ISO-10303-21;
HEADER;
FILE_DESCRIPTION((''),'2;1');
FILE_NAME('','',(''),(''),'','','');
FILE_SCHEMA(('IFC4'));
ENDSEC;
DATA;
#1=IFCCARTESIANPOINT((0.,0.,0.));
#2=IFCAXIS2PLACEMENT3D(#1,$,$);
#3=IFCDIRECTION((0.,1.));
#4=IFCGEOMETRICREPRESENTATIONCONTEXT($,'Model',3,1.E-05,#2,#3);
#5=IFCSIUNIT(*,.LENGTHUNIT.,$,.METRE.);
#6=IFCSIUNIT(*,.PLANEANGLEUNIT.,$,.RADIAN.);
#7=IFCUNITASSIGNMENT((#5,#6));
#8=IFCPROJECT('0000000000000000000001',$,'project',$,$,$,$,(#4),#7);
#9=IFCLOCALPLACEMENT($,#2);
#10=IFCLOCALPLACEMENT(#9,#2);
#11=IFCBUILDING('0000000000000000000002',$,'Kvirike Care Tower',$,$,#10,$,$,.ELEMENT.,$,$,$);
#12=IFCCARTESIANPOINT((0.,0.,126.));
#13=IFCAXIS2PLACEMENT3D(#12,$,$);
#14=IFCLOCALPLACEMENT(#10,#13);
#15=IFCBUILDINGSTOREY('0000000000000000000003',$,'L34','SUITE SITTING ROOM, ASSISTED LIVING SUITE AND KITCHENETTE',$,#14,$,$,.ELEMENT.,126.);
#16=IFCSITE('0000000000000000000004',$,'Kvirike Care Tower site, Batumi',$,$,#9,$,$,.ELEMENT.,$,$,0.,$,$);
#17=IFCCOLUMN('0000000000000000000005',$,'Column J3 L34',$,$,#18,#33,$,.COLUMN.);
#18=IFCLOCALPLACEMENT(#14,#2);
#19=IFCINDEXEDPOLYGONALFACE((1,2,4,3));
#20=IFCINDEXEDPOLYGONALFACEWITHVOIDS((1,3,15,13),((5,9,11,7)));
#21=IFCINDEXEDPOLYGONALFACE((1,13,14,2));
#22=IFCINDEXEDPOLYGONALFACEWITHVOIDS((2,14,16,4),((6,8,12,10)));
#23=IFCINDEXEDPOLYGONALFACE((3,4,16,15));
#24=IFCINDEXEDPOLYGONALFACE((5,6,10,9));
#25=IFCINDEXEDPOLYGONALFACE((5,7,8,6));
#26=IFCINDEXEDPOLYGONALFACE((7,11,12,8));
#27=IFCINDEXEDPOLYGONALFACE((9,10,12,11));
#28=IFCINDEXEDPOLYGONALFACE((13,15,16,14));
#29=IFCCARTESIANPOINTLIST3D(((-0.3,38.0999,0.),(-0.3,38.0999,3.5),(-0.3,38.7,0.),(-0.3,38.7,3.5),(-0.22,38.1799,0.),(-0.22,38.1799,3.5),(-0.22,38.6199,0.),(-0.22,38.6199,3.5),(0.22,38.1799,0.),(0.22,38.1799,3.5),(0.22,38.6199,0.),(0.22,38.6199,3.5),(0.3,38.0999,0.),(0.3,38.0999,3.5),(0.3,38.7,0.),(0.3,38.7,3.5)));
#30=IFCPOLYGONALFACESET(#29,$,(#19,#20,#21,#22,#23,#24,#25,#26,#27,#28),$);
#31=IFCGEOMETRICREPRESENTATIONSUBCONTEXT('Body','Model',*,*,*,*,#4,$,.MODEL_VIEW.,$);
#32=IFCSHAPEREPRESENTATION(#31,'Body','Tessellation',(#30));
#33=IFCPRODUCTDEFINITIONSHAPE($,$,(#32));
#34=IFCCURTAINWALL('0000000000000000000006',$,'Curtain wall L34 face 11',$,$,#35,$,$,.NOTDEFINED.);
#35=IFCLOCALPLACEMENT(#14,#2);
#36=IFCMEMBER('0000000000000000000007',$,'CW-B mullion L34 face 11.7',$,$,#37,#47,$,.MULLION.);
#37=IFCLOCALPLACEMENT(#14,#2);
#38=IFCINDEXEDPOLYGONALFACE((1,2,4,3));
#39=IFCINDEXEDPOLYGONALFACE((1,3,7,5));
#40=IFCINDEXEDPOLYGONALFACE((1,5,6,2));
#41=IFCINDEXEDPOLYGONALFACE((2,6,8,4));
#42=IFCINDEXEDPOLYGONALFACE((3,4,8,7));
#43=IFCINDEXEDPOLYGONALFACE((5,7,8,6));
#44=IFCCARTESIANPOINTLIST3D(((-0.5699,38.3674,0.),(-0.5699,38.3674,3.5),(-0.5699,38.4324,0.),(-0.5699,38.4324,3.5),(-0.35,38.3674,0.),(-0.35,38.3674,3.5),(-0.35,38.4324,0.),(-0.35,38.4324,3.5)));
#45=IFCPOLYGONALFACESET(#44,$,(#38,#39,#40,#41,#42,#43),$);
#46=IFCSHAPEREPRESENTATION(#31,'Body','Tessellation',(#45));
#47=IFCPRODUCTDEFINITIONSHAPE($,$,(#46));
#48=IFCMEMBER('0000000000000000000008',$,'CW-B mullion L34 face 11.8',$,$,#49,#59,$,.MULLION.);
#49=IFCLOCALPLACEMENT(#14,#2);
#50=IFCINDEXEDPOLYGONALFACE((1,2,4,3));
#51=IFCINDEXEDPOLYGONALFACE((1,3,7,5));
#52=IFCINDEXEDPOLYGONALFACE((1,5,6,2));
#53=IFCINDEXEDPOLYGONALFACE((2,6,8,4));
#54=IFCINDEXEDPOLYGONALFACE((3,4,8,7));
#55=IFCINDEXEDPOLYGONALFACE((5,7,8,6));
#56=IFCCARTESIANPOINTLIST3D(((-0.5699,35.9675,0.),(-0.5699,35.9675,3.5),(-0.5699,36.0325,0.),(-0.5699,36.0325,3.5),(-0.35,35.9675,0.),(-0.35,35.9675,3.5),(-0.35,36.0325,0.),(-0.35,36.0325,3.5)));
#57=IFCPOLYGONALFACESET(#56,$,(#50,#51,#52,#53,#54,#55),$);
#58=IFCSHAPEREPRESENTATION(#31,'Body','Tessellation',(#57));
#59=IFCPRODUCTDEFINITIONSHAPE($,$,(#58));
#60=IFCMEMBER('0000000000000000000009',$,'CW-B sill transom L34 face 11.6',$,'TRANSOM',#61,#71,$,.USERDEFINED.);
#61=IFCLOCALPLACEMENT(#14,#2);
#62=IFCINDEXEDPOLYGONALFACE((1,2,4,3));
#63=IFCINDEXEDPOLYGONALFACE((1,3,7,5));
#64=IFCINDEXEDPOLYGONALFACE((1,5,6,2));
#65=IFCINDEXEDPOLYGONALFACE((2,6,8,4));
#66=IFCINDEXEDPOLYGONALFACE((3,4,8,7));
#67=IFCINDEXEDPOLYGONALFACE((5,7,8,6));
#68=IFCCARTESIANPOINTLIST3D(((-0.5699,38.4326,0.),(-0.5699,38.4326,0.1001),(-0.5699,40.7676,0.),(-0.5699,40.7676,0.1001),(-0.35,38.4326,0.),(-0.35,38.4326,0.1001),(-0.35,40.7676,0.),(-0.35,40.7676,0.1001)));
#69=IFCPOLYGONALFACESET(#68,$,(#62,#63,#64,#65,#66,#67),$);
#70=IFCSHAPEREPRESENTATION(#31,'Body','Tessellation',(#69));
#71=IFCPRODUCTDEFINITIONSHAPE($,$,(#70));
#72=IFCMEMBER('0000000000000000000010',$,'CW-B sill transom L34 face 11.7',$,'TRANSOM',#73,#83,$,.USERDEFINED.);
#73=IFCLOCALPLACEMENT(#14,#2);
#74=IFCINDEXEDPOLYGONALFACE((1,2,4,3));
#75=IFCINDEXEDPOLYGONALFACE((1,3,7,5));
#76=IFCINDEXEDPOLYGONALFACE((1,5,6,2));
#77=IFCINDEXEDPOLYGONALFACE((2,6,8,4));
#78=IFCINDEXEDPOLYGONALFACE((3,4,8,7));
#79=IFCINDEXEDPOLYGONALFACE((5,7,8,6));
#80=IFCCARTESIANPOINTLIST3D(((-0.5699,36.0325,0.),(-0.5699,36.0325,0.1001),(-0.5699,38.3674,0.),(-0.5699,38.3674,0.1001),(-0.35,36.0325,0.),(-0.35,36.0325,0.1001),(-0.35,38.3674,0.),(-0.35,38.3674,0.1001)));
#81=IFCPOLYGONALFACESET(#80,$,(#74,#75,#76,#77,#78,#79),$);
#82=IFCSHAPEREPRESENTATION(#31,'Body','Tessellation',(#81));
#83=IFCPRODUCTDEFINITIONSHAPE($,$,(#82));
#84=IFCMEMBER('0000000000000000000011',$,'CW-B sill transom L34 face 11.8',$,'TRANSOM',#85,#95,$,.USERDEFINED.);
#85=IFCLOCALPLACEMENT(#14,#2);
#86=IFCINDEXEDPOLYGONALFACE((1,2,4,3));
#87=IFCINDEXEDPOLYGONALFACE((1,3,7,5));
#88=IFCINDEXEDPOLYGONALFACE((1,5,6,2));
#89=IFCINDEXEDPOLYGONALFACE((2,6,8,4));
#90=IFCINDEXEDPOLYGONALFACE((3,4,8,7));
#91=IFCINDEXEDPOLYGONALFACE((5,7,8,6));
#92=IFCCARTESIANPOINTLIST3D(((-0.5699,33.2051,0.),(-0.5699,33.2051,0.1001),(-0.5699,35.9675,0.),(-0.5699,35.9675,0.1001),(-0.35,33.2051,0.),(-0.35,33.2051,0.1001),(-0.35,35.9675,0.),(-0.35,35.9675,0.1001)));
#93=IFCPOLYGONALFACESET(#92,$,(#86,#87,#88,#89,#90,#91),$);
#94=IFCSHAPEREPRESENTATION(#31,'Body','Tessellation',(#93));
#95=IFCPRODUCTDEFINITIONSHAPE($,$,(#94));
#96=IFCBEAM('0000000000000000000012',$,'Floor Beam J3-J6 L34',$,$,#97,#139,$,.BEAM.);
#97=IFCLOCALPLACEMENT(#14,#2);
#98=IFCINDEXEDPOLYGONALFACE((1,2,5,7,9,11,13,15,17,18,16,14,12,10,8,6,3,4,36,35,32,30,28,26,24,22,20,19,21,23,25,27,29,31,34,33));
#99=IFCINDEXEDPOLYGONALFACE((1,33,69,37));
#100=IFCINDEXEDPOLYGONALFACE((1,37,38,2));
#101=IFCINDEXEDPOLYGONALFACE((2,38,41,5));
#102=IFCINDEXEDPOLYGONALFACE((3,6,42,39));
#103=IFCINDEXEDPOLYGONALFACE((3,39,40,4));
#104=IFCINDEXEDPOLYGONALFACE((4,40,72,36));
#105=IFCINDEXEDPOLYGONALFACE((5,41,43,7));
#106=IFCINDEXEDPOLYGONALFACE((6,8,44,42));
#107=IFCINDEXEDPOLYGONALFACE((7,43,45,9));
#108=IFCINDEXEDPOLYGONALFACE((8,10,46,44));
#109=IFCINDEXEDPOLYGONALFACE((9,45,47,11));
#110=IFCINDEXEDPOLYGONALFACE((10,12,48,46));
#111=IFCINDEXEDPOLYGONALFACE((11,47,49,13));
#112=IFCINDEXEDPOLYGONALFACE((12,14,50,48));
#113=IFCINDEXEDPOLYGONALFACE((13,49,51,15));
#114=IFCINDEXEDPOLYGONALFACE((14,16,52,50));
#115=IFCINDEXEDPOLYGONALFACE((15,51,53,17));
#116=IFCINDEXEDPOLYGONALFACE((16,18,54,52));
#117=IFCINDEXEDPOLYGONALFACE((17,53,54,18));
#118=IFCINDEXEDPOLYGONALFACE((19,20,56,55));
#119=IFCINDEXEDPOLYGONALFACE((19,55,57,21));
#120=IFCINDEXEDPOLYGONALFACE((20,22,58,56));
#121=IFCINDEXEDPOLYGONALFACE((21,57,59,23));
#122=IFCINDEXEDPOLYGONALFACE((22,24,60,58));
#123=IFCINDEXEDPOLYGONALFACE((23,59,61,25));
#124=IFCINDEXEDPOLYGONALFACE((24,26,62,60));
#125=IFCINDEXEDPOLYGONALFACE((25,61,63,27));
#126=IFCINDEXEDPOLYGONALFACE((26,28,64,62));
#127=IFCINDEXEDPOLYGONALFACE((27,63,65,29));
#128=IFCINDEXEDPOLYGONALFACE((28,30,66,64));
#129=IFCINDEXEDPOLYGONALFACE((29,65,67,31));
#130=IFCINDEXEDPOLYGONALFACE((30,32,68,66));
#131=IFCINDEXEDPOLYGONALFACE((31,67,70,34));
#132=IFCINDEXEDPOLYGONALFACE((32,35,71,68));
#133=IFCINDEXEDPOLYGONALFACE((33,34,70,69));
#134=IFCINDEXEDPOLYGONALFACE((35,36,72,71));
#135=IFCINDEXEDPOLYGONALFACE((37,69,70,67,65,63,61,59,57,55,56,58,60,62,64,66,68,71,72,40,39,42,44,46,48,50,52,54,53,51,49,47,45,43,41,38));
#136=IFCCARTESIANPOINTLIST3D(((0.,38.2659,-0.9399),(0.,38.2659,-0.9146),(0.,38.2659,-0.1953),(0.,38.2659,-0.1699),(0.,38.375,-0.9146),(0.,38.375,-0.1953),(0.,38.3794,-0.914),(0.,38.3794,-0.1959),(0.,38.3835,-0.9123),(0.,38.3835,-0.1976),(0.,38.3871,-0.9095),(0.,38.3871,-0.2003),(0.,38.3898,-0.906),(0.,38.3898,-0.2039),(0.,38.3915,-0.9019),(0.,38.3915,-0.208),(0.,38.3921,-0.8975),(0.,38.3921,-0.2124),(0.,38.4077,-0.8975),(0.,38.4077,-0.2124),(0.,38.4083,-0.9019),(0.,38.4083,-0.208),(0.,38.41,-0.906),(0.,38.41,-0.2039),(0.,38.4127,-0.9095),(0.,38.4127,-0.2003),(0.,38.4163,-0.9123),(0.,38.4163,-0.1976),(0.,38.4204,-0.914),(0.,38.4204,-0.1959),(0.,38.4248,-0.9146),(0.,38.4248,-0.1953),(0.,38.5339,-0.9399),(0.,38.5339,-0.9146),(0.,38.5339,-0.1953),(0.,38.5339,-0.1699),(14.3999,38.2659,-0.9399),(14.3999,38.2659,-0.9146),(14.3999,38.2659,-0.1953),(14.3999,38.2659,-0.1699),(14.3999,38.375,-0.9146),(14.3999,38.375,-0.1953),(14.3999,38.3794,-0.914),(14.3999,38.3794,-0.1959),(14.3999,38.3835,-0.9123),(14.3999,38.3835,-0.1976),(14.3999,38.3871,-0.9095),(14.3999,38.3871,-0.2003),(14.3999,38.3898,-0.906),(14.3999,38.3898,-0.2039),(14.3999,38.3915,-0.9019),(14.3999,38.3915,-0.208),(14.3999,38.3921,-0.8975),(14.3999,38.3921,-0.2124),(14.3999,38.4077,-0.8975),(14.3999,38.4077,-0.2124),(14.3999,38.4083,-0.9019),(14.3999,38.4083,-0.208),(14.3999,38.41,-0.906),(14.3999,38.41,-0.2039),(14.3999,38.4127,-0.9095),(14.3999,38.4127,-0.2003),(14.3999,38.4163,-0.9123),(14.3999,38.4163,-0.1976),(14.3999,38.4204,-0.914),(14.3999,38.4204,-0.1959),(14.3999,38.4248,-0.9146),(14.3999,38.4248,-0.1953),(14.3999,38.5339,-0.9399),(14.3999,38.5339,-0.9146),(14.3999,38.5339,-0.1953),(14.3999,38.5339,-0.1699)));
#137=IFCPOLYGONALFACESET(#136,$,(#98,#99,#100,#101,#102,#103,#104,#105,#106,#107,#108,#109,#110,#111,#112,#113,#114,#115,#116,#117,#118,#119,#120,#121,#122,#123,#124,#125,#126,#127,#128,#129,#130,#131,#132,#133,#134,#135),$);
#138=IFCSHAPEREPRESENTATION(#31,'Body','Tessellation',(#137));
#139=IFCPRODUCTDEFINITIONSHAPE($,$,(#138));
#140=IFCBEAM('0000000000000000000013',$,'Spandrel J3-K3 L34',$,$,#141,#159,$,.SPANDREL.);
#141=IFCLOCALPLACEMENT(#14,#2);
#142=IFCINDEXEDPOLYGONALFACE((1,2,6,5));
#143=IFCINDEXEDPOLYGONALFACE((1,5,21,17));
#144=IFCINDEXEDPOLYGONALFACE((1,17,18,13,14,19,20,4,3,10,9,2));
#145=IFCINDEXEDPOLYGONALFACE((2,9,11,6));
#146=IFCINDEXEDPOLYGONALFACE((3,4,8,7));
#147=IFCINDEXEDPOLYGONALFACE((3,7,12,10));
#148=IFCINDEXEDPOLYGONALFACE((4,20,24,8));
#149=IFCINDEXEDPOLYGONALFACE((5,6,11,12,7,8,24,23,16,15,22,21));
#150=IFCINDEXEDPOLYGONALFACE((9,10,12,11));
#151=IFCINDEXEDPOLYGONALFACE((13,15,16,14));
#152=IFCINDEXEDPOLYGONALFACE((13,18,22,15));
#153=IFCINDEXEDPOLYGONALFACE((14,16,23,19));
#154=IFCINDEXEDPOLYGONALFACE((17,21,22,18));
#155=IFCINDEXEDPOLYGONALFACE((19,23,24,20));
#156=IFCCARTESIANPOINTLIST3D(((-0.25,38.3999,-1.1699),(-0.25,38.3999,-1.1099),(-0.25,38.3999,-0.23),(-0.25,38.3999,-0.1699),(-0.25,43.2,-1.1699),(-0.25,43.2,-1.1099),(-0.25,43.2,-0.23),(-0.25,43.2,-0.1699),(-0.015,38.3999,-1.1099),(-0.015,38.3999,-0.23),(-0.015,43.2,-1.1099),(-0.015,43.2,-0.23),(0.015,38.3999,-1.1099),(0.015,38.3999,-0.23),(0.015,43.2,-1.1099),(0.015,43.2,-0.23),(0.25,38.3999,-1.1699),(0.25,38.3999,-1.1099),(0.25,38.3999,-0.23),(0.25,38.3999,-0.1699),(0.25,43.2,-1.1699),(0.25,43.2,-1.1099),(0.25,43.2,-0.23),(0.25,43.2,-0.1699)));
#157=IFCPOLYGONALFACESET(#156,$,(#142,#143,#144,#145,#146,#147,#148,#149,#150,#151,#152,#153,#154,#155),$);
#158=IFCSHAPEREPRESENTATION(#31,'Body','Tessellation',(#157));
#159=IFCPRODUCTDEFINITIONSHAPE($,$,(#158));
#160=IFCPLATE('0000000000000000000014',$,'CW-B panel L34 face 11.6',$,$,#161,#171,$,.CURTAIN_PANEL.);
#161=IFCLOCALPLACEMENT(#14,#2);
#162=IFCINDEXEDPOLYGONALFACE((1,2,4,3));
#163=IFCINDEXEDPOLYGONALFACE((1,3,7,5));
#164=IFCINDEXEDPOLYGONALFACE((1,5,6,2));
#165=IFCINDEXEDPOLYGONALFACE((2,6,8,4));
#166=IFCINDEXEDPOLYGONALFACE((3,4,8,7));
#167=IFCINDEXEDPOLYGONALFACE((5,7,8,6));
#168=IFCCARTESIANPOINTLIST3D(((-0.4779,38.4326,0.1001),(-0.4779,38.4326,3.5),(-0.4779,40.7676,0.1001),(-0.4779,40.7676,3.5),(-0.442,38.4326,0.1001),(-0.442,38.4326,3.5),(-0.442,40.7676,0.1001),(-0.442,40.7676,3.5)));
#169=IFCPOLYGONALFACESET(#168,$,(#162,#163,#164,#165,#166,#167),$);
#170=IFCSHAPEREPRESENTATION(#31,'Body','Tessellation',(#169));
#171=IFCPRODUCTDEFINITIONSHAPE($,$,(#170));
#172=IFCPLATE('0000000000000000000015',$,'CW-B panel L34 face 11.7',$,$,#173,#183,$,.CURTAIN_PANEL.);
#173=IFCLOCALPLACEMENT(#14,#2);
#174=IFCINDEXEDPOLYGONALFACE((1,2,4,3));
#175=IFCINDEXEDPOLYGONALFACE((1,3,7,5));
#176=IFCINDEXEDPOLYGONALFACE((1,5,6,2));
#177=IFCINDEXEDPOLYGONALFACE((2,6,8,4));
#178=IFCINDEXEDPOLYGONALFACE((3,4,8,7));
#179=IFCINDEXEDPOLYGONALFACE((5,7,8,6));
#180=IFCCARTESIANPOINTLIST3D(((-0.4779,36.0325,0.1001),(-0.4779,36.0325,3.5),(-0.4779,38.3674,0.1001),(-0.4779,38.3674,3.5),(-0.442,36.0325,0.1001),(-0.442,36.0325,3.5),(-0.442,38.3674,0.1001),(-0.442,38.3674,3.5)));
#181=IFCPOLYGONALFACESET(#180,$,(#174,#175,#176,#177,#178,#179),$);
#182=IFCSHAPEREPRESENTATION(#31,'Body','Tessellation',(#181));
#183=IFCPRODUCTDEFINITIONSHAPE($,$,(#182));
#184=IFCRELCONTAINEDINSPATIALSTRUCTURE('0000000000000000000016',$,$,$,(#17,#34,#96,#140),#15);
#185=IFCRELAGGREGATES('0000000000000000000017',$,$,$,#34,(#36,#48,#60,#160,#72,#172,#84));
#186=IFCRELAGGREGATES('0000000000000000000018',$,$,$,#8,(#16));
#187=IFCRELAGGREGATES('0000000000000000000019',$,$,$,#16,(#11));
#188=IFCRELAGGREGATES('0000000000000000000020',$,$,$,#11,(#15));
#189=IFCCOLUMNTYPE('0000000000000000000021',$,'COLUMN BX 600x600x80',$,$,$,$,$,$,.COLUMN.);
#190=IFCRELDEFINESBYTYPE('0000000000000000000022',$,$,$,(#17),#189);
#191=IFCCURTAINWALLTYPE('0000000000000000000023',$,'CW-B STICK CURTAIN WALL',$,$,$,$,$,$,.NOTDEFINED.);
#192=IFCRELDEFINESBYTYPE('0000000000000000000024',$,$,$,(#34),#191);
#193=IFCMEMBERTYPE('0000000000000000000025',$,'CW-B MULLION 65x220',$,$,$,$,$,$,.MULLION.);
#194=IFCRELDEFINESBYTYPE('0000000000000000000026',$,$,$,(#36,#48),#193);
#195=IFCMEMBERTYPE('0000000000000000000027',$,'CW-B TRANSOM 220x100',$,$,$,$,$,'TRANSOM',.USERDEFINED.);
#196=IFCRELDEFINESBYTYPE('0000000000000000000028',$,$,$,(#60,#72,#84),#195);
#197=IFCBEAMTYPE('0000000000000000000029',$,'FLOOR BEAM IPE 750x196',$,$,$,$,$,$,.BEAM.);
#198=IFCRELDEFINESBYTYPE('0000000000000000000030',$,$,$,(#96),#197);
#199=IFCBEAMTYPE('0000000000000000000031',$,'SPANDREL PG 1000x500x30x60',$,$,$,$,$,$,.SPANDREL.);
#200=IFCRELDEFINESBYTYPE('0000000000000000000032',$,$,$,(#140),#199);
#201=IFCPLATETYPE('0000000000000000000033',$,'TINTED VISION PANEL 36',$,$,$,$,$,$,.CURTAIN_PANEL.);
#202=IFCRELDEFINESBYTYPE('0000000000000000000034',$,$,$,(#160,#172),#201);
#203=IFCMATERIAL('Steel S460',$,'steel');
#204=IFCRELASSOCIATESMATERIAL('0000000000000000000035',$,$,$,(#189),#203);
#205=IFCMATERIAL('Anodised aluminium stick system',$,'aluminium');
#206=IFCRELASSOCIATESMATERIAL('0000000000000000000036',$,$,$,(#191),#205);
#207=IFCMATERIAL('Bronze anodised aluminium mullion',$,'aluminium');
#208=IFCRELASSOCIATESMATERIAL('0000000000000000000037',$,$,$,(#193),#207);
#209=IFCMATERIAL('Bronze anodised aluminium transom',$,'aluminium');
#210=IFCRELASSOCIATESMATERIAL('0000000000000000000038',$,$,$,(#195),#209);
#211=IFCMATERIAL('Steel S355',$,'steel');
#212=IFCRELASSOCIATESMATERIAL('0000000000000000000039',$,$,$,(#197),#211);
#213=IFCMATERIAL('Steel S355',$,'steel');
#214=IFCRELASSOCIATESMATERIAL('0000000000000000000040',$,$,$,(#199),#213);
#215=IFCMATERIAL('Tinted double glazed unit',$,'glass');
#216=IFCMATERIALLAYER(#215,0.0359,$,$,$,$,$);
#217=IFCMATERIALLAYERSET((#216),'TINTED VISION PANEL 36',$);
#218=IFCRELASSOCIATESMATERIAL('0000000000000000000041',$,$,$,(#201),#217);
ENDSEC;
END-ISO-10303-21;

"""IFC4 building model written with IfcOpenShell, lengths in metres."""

from ifc_helpers import new_model, si_unit, direction, frame, origin, origin_2d, place, context, subcontext, project, spatial, rectangle, hollow_rectangle, i_section, extrude, material, layer, layer_set, material_profile, profile_set, type_object, element, aggregate, save


model = new_model("IFC4")

# Units and contexts
model_context = context("Model", 3, precision=1e-05, world=origin(), true_north=direction((0.0, 1.0)))
body_context = subcontext(model_context, "Body", "Model", "MODEL_VIEW")
ifc_project = project(units=[si_unit("LENGTHUNIT", "METRE"), si_unit("PLANEANGLEUNIT", "RADIAN")], contexts=[model_context])

# Site, building, storey
site_placement = place(None, origin())
site = spatial("IfcSite", under=ifc_project, at=site_placement, Name="Kvirike Care Tower site, Batumi", CompositionType="ELEMENT", RefElevation=0.0)
building_placement = place(site_placement, origin())
building = spatial("IfcBuilding", under=site, at=building_placement, Name="Kvirike Care Tower", CompositionType="ELEMENT")
storey_placement = place(building_placement, frame((0.0, 0.0, 126.0)))
storey = spatial("IfcBuildingStorey", under=building, at=storey_placement, Name="L34", Description="SUITE SITTING ROOM, ASSISTED LIVING SUITE AND KITCHENETTE", CompositionType="ELEMENT", Elevation=126.0)

# Column
ifc_material_1 = material(Name="Steel S460", Category="steel")
ifc_material_profile_1 = material_profile(ifc_material_1, hollow_rectangle(XDim=0.6001, YDim=0.6001, WallThickness=0.0801, at=origin_2d()), Name="BX 600x600x80")
ifc_profile_set_1 = profile_set([ifc_material_profile_1], Name="Steel S460")
column_type = type_object("IfcColumnType", Name="COLUMN BX 600x600x80", PredefinedType="COLUMN", material=ifc_profile_set_1)
column_placement = place(storey_placement, frame((0.0, 38.3999, 0.0), z_axis=(0.0, 0.0, 1.0), x_axis=(1.0, 0.0, 0.0)))
element("IfcColumn", 1, at=column_placement, inside=storey, type_object=column_type, Name="Column J3 L34", PredefinedType="COLUMN", context=body_context, shape_type="SweptSolid", body=[
    extrude(hollow_rectangle(XDim=0.6001, YDim=0.6001, WallThickness=0.0801, at=origin_2d()), origin(), (0.0, 0.0, 1.0), 3.5),
])

# Curtain wall, members
ifc_material_2 = material(Name="Anodised aluminium stick system", Category="aluminium")
curtain_wall_type = type_object("IfcCurtainWallType", Name="CW-B STICK CURTAIN WALL", PredefinedType="NOTDEFINED", material=ifc_material_2)
curtain_wall_placement = place(storey_placement, origin())
curtain_wall = element("IfcCurtainWall", 2, at=curtain_wall_placement, inside=storey, type_object=curtain_wall_type, Name="Curtain wall L34 face 11", PredefinedType="NOTDEFINED")
ifc_material_3 = material(Name="Bronze anodised aluminium mullion", Category="aluminium")
ifc_material_profile_2 = material_profile(ifc_material_3, rectangle(XDim=0.0649, YDim=0.22, at=origin_2d()), Name="CW-B MULLION 65x220")
ifc_profile_set_2 = profile_set([ifc_material_profile_2], Name="Bronze anodised aluminium mullion")
member_type_1 = type_object("IfcMemberType", Name="CW-B MULLION 65x220", PredefinedType="MULLION", material=ifc_profile_set_2)
member_1_placement = place(storey_placement, frame((-0.46, 38.3999, 0.0), z_axis=(0.0, 0.0, 1.0), x_axis=(0.0, -1.0, 0.0)))
member_1 = element("IfcMember", 3, at=member_1_placement, type_object=member_type_1, Name="CW-B mullion L34 face 11.7", PredefinedType="MULLION", context=body_context, shape_type="SweptSolid", body=[
    extrude(rectangle(XDim=0.0649, YDim=0.22, at=origin_2d()), origin(), (0.0, 0.0, 1.0), 3.5),
])
member_2_placement = place(storey_placement, frame((-0.46, 36.0, 0.0), z_axis=(0.0, 0.0, 1.0), x_axis=(0.0, -1.0, 0.0)))
member_2 = element("IfcMember", 4, at=member_2_placement, type_object=member_type_1, Name="CW-B mullion L34 face 11.8", PredefinedType="MULLION", context=body_context, shape_type="SweptSolid", body=[
    extrude(rectangle(XDim=0.0649, YDim=0.22, at=origin_2d()), origin(), (0.0, 0.0, 1.0), 3.5),
])
ifc_material_4 = material(Name="Bronze anodised aluminium transom", Category="aluminium")
ifc_material_profile_3 = material_profile(ifc_material_4, rectangle(XDim=0.22, YDim=0.1001, at=origin_2d()), Name="CW-B TRANSOM 220x100")
ifc_profile_set_3 = profile_set([ifc_material_profile_3], Name="Bronze anodised aluminium transom")
member_type_2 = type_object("IfcMemberType", Name="CW-B TRANSOM 220x100", ElementType="TRANSOM", PredefinedType="USERDEFINED", material=ifc_profile_set_3)
member_3_placement = place(storey_placement, frame((-0.46, 40.7676, 0.05), z_axis=(0.0, -1.0, 0.0), x_axis=(1.0, 0.0, 0.0)))
member_3 = element("IfcMember", 5, at=member_3_placement, type_object=member_type_2, Name="CW-B sill transom L34 face 11.6", ObjectType="TRANSOM", PredefinedType="USERDEFINED", context=body_context, shape_type="SweptSolid", body=[
    extrude(rectangle(XDim=0.22, YDim=0.1001, at=origin_2d()), origin(), (0.0, 0.0, 1.0), 2.335),
])
member_4_placement = place(storey_placement, frame((-0.46, 38.3674, 0.05), z_axis=(0.0, -1.0, 0.0), x_axis=(1.0, 0.0, 0.0)))
member_4 = element("IfcMember", 6, at=member_4_placement, type_object=member_type_2, Name="CW-B sill transom L34 face 11.7", ObjectType="TRANSOM", PredefinedType="USERDEFINED", context=body_context, shape_type="SweptSolid", body=[
    extrude(rectangle(XDim=0.22, YDim=0.1001, at=origin_2d()), origin(), (0.0, 0.0, 1.0), 2.335),
])
member_5_placement = place(storey_placement, frame((-0.46, 35.9675, 0.05), z_axis=(0.0, -1.0, 0.0), x_axis=(1.0, 0.0, 0.0)))
member_5 = element("IfcMember", 7, at=member_5_placement, type_object=member_type_2, Name="CW-B sill transom L34 face 11.8", ObjectType="TRANSOM", PredefinedType="USERDEFINED", context=body_context, shape_type="SweptSolid", body=[
    extrude(rectangle(XDim=0.22, YDim=0.1001, at=origin_2d()), origin(), (0.0, 0.0, 1.0), 2.7625),
])

# Beams
ifc_material_5 = material(Name="Steel S355", Category="steel")
ifc_material_profile_4 = material_profile(ifc_material_5, i_section(OverallWidth=0.2681, OverallDepth=0.77, WebThickness=0.0156, FlangeThickness=0.0254, FilletRadius=0.0171, at=origin_2d()), Name="IPE 750x196")
ifc_profile_set_4 = profile_set([ifc_material_profile_4], Name="Steel S355")
beam_type_1 = type_object("IfcBeamType", Name="FLOOR BEAM IPE 750x196", PredefinedType="BEAM", material=ifc_profile_set_4)
beam_1_placement = place(storey_placement, frame((0.0, 38.3999, -0.5549), z_axis=(1.0, 0.0, 0.0), x_axis=(0.0, 1.0, 0.0)))
element("IfcBeam", 8, at=beam_1_placement, inside=storey, type_object=beam_type_1, Name="Floor Beam J3-J6 L34", PredefinedType="BEAM", context=body_context, shape_type="SweptSolid", body=[
    extrude(i_section(OverallWidth=0.2681, OverallDepth=0.77, WebThickness=0.0156, FlangeThickness=0.0254, FilletRadius=0.0171, at=origin_2d()), origin(), (0.0, 0.0, 1.0), 14.3999),
])
ifc_material_6 = material(Name="Steel S355", Category="steel")
ifc_material_profile_5 = material_profile(ifc_material_6, i_section(OverallWidth=0.5, OverallDepth=1.0, WebThickness=0.03, FlangeThickness=0.0601, at=origin_2d()), Name="PG 1000x500x30x60")
ifc_profile_set_5 = profile_set([ifc_material_profile_5], Name="Steel S355")
beam_type_2 = type_object("IfcBeamType", Name="SPANDREL PG 1000x500x30x60", PredefinedType="SPANDREL", material=ifc_profile_set_5)
beam_2_placement = place(storey_placement, frame((0.0, 38.3999, -0.6699), z_axis=(0.0, 1.0, 0.0), x_axis=(-1.0, 0.0, 0.0)))
element("IfcBeam", 9, at=beam_2_placement, inside=storey, type_object=beam_type_2, Name="Spandrel J3-K3 L34", PredefinedType="SPANDREL", context=body_context, shape_type="SweptSolid", body=[
    extrude(i_section(OverallWidth=0.5, OverallDepth=1.0, WebThickness=0.03, FlangeThickness=0.0601, at=origin_2d()), origin(), (0.0, 0.0, 1.0), 4.8),
])

# Plates
ifc_material_7 = material(Name="Tinted double glazed unit", Category="glass")
ifc_layer_1 = layer(ifc_material_7, 0.0359)
ifc_layer_set_1 = layer_set([ifc_layer_1], Name="TINTED VISION PANEL 36")
plate_type = type_object("IfcPlateType", Name="TINTED VISION PANEL 36", PredefinedType="CURTAIN_PANEL", material=ifc_layer_set_1)
plate_1_placement = place(storey_placement, frame((-0.46, 39.6001, 0.1001), z_axis=(0.0, 0.0, 1.0), x_axis=(0.0, -1.0, 0.0)))
plate_1 = element("IfcPlate", 10, at=plate_1_placement, type_object=plate_type, Name="CW-B panel L34 face 11.6", PredefinedType="CURTAIN_PANEL", context=body_context, shape_type="SweptSolid", body=[
    extrude(rectangle(XDim=2.335, YDim=0.0359, at=origin_2d()), origin(), (0.0, 0.0, 1.0), 3.3999),
])
plate_2_placement = place(storey_placement, frame((-0.46, 37.2, 0.1001), z_axis=(0.0, 0.0, 1.0), x_axis=(0.0, -1.0, 0.0)))
plate_2 = element("IfcPlate", 11, at=plate_2_placement, type_object=plate_type, Name="CW-B panel L34 face 11.7", PredefinedType="CURTAIN_PANEL", context=body_context, shape_type="SweptSolid", body=[
    extrude(rectangle(XDim=2.335, YDim=0.0359, at=origin_2d()), origin(), (0.0, 0.0, 1.0), 3.3999),
])
aggregate(curtain_wall, [member_1, member_2, member_3, plate_1, member_4, plate_2, member_5])

save(model, "model.ifc")
